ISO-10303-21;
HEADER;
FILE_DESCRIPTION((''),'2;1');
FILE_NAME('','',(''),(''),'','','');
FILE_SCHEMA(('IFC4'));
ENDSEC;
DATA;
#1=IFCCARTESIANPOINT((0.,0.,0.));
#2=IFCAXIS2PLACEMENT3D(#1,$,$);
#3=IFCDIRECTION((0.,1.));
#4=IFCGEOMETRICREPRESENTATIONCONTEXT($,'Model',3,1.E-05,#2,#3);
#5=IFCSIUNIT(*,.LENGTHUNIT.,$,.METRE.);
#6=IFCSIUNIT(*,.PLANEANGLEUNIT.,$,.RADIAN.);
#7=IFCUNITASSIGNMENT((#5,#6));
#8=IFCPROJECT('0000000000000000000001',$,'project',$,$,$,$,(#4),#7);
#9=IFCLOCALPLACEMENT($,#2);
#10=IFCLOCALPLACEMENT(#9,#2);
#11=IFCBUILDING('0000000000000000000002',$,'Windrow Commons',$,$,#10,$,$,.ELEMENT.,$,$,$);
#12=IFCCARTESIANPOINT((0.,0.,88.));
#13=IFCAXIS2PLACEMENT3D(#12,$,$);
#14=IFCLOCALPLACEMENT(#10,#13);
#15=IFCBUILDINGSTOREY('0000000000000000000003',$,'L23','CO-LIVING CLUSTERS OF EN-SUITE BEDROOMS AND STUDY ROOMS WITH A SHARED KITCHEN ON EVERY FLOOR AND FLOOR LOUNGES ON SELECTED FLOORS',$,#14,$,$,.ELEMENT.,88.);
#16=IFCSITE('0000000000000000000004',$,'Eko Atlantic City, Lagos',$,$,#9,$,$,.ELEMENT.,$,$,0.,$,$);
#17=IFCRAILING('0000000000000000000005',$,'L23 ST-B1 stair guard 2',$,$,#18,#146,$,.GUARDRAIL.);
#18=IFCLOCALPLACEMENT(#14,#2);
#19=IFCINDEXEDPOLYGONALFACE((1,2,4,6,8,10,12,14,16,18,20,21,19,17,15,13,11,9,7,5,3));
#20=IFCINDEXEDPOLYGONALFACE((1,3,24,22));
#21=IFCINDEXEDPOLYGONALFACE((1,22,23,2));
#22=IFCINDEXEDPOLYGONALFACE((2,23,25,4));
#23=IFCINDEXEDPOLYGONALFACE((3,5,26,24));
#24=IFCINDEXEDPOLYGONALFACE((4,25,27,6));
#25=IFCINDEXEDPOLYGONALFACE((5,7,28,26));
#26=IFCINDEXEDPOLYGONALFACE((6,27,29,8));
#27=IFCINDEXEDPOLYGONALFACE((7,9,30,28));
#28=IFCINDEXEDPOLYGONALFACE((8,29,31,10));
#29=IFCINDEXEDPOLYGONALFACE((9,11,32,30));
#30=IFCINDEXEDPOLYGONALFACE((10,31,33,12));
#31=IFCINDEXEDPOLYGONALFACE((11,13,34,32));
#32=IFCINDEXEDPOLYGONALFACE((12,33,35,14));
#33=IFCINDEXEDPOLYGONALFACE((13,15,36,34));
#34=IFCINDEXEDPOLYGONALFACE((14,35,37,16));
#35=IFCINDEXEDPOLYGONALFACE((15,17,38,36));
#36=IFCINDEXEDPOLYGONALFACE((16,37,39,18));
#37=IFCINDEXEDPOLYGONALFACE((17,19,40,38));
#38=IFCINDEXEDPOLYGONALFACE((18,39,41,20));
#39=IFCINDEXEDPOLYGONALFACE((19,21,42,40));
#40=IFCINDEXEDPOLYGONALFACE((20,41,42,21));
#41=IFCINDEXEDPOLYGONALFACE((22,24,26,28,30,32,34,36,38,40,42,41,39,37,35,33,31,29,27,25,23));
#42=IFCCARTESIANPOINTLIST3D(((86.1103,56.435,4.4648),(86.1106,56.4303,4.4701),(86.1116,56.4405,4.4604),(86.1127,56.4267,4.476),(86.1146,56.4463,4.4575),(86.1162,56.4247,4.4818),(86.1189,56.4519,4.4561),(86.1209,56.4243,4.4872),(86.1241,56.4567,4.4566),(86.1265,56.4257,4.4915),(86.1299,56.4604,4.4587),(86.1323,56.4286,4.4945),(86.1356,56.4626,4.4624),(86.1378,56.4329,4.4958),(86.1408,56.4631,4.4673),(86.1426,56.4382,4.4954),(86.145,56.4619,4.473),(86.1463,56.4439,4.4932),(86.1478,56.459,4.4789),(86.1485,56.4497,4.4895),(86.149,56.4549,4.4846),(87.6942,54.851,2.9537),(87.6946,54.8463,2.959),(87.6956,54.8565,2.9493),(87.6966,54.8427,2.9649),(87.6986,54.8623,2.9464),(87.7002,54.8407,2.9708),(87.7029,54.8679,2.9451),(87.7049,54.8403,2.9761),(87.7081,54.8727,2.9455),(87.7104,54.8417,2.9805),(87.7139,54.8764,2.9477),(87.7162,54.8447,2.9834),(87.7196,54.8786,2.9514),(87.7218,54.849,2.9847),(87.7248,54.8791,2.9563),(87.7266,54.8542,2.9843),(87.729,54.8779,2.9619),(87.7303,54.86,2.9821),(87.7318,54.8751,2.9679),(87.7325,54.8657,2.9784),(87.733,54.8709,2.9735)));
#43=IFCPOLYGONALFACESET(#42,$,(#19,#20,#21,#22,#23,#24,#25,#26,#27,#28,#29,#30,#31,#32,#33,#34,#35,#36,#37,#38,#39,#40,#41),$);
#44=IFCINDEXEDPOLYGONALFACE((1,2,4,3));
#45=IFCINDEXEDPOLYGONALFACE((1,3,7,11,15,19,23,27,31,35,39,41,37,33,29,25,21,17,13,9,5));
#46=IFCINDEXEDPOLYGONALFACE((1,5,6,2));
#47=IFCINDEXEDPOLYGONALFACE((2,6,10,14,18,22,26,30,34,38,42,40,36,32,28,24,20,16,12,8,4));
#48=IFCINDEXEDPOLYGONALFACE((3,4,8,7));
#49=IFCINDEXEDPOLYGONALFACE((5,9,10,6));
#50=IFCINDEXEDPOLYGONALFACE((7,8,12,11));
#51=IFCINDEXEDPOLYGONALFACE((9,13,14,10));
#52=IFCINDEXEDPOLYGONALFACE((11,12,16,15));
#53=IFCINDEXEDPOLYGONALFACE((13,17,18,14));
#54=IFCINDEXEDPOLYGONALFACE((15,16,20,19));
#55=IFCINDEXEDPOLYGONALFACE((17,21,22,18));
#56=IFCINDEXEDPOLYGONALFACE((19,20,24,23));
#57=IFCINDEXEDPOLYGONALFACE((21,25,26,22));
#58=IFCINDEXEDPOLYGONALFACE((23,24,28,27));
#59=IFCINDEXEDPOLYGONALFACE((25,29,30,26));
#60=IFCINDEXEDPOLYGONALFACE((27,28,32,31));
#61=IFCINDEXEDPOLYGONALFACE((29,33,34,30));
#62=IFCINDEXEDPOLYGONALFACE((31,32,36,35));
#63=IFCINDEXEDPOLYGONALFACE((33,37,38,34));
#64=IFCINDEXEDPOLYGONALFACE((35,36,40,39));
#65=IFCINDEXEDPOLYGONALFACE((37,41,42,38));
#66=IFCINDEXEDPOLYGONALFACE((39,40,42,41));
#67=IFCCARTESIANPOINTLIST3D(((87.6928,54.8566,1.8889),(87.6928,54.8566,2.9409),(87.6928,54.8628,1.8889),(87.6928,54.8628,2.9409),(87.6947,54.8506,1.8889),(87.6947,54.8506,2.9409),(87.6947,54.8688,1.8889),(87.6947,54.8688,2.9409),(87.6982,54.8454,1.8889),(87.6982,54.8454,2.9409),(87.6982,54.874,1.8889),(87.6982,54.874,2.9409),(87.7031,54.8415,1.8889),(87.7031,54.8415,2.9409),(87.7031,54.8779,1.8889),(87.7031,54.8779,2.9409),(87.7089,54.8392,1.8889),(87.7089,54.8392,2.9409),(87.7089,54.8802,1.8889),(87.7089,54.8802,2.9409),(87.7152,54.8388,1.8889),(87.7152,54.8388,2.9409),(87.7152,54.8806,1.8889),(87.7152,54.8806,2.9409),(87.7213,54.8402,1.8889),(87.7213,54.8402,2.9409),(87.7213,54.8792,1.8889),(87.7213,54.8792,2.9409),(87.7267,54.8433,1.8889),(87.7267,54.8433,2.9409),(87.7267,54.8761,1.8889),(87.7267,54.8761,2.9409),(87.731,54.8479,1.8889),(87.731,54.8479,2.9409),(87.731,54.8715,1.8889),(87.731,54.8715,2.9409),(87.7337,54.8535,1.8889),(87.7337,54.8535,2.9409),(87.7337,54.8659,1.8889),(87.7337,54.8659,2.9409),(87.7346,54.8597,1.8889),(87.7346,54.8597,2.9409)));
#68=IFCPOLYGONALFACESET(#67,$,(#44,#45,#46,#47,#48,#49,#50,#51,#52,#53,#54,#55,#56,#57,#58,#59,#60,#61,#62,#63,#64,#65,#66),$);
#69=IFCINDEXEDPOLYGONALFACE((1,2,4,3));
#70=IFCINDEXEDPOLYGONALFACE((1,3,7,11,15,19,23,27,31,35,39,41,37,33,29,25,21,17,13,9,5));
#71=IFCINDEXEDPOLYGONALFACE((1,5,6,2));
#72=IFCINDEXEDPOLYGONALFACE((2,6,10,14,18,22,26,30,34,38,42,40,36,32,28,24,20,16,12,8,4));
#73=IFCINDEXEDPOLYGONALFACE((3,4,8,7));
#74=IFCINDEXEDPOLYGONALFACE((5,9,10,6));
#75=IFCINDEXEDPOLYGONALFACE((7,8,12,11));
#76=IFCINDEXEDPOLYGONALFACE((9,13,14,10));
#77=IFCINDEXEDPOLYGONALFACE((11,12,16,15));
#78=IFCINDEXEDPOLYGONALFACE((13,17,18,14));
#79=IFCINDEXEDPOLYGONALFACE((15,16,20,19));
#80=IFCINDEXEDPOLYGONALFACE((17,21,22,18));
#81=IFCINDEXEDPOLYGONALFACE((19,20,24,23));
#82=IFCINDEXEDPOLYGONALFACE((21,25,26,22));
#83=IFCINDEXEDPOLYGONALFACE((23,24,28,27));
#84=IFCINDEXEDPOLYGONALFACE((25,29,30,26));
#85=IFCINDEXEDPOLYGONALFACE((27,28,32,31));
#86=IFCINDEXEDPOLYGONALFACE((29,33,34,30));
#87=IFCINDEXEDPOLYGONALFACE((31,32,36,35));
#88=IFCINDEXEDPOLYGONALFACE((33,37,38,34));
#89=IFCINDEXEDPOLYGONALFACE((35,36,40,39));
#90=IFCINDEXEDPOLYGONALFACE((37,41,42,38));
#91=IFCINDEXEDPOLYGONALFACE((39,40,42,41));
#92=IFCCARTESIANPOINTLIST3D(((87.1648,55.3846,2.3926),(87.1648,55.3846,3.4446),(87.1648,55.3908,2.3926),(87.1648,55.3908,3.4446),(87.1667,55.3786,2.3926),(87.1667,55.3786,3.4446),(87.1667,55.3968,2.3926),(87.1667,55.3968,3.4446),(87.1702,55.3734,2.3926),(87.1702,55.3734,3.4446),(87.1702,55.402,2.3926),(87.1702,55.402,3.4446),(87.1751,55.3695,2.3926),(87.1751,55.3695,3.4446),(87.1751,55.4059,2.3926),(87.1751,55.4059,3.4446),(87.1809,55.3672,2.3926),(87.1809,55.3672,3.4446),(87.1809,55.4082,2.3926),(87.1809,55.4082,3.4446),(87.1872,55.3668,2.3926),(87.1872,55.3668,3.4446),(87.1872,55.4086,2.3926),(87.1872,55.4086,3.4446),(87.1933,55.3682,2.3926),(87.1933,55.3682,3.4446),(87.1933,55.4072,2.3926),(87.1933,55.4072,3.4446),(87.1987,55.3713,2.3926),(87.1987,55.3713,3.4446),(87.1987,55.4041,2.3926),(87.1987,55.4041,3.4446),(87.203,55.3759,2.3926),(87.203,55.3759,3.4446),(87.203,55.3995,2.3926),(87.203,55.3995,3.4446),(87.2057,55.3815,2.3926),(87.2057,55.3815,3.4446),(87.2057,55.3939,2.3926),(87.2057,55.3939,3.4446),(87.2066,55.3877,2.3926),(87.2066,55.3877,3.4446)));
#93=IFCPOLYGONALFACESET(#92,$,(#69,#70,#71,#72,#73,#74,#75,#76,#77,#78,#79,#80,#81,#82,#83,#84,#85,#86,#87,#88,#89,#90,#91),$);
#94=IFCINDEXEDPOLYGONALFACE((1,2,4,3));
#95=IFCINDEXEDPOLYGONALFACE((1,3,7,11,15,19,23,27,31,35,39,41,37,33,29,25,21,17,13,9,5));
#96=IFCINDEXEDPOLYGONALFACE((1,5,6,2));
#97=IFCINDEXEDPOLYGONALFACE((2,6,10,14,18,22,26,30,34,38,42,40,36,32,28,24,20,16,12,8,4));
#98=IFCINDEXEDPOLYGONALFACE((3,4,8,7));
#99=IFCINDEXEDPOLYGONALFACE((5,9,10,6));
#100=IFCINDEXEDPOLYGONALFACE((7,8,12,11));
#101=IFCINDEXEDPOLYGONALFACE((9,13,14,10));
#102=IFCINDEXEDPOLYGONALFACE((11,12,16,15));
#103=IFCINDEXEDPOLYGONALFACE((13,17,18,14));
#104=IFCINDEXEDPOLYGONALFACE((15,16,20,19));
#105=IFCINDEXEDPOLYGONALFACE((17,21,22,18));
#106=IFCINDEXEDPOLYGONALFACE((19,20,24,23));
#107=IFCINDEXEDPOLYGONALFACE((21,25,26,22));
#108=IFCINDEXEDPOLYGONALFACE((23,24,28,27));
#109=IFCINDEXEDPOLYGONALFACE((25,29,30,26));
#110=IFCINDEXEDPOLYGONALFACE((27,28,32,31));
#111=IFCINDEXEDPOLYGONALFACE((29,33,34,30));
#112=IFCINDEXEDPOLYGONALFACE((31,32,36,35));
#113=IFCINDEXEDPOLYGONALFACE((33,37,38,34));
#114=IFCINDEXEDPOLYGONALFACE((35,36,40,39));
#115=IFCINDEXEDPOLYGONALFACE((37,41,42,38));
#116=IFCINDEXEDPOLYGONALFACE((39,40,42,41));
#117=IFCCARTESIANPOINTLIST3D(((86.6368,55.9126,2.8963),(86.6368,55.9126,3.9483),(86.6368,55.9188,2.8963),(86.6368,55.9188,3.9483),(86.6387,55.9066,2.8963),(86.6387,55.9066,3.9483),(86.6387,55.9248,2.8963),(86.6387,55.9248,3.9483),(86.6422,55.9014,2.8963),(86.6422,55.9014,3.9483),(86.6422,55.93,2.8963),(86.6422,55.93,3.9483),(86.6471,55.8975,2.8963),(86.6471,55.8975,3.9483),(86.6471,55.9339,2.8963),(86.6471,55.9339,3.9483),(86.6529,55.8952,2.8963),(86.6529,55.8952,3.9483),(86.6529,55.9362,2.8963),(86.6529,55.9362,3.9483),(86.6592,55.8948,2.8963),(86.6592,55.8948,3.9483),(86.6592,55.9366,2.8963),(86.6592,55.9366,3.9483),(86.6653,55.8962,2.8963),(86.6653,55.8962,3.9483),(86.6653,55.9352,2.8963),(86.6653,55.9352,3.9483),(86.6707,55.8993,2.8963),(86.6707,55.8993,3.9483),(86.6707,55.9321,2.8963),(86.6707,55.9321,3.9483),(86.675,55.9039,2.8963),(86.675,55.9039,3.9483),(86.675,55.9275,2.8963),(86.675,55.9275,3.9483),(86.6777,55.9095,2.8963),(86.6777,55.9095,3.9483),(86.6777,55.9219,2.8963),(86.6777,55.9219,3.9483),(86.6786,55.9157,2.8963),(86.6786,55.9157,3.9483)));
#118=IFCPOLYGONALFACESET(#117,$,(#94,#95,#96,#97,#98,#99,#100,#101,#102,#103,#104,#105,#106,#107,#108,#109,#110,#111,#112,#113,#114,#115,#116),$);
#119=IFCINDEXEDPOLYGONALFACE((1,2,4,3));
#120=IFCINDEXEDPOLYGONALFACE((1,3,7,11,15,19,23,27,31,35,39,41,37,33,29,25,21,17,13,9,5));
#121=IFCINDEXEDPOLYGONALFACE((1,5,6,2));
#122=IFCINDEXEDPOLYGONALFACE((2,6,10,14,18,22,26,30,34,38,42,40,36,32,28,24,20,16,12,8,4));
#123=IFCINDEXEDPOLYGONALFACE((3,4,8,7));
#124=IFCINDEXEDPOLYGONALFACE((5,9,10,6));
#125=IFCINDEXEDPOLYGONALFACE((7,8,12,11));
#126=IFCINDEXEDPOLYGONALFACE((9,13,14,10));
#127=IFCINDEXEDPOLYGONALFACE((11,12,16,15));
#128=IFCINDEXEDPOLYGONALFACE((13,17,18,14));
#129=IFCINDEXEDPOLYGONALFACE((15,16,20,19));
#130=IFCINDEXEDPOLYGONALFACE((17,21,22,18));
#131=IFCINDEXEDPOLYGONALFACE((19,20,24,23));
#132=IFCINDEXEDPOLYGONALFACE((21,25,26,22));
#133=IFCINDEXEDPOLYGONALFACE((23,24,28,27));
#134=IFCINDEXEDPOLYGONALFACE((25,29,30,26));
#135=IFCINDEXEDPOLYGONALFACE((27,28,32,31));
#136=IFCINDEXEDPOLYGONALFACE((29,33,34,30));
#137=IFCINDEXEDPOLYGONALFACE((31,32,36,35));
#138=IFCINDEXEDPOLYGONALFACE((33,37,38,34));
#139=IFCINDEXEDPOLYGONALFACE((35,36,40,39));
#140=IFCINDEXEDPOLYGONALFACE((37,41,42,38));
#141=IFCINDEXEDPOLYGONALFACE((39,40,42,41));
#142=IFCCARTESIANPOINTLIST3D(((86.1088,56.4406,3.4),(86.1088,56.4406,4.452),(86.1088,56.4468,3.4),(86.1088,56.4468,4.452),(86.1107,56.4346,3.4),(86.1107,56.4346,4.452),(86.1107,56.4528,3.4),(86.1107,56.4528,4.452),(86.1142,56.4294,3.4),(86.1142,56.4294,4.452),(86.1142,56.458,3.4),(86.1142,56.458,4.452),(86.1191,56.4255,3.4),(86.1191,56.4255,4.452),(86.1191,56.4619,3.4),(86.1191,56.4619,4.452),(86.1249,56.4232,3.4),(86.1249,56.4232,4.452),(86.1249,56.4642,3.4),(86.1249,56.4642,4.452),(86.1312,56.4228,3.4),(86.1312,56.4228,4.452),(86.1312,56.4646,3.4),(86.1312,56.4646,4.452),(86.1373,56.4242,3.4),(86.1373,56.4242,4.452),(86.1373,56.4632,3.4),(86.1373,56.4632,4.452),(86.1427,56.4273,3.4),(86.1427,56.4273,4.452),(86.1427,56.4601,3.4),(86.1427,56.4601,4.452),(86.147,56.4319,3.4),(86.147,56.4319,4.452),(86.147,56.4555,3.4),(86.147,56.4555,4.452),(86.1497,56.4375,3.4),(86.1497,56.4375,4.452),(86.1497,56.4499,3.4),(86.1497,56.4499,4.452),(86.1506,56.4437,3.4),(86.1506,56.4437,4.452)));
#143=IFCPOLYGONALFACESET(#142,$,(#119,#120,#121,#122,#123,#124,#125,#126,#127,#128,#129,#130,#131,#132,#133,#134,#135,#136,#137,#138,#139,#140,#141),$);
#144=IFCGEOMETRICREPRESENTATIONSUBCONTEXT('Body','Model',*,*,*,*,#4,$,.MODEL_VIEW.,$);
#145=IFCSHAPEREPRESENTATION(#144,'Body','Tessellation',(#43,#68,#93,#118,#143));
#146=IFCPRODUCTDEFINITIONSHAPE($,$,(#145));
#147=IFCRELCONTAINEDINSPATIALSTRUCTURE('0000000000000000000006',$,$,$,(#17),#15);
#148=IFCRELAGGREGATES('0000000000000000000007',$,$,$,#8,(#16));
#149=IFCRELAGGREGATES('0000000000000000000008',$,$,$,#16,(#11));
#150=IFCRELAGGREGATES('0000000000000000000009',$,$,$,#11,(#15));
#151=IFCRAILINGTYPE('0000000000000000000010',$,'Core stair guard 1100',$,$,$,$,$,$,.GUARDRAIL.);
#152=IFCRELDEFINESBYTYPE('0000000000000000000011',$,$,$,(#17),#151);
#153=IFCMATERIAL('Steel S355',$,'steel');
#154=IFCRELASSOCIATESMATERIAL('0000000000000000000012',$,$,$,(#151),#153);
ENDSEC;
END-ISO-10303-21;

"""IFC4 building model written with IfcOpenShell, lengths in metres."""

from ifc_helpers import new_model, si_unit, direction, frame, origin, origin_2d, place, context, subcontext, project, spatial, circle, extrude, material, type_object, element, save


model = new_model("IFC4")

# Units and contexts
model_context = context("Model", 3, precision=1e-05, world=origin(), true_north=direction((0.0, 1.0)))
body_context = subcontext(model_context, "Body", "Model", "MODEL_VIEW")
ifc_project = project(units=[si_unit("LENGTHUNIT", "METRE"), si_unit("PLANEANGLEUNIT", "RADIAN")], contexts=[model_context])

# Site, building, storey
site_placement = place(None, origin())
site = spatial("IfcSite", under=ifc_project, at=site_placement, Name="Eko Atlantic City, Lagos", CompositionType="ELEMENT", RefElevation=0.0)
building_placement = place(site_placement, origin())
building = spatial("IfcBuilding", under=site, at=building_placement, Name="Windrow Commons", CompositionType="ELEMENT")
storey_placement = place(building_placement, frame((0.0, 0.0, 88.0)))
storey = spatial("IfcBuildingStorey", under=building, at=storey_placement, Name="L23", Description="CO-LIVING CLUSTERS OF EN-SUITE BEDROOMS AND STUDY ROOMS WITH A SHARED KITCHEN ON EVERY FLOOR AND FLOOR LOUNGES ON SELECTED FLOORS", CompositionType="ELEMENT", Elevation=88.0)

# Railing
ifc_material_1 = material(Name="Steel S355", Category="steel")
railing_type_1 = type_object("IfcRailingType", Name="Core stair guard 1100", PredefinedType="GUARDRAIL", material=ifc_material_1)
railing_1_placement = place(storey_placement, frame((87.7136, 54.8597, 1.8889)))
element("IfcRailing", 1, at=railing_1_placement, inside=storey, type_object=railing_type_1, Name="L23 ST-B1 stair guard 2", PredefinedType="GUARDRAIL", context=body_context, shape_type="SweptSolid", body=[
    extrude(circle(Radius=0.024, at=origin_2d()), frame((0.0, 0.0, 1.076), z_axis=(-0.586203, 0.586203, 0.559224), x_axis=(-0.707107, -0.707107, 0.0)), (0.0, 0.0, 1.0), 2.7021),
    extrude(circle(Radius=0.021, at=origin_2d()), origin(), (0.0, 0.0, 1.0), 1.052),
    extrude(circle(Radius=0.021, at=origin_2d()), frame((-0.528, 0.528, 0.5037)), (0.0, 0.0, 1.0), 1.052),
    extrude(circle(Radius=0.021, at=origin_2d()), frame((-1.056, 1.056, 1.0074)), (0.0, 0.0, 1.0), 1.052),
    extrude(circle(Radius=0.021, at=origin_2d()), frame((-1.584, 1.584, 1.5111)), (0.0, 0.0, 1.0), 1.052),
])

save(model, "model.ifc")
